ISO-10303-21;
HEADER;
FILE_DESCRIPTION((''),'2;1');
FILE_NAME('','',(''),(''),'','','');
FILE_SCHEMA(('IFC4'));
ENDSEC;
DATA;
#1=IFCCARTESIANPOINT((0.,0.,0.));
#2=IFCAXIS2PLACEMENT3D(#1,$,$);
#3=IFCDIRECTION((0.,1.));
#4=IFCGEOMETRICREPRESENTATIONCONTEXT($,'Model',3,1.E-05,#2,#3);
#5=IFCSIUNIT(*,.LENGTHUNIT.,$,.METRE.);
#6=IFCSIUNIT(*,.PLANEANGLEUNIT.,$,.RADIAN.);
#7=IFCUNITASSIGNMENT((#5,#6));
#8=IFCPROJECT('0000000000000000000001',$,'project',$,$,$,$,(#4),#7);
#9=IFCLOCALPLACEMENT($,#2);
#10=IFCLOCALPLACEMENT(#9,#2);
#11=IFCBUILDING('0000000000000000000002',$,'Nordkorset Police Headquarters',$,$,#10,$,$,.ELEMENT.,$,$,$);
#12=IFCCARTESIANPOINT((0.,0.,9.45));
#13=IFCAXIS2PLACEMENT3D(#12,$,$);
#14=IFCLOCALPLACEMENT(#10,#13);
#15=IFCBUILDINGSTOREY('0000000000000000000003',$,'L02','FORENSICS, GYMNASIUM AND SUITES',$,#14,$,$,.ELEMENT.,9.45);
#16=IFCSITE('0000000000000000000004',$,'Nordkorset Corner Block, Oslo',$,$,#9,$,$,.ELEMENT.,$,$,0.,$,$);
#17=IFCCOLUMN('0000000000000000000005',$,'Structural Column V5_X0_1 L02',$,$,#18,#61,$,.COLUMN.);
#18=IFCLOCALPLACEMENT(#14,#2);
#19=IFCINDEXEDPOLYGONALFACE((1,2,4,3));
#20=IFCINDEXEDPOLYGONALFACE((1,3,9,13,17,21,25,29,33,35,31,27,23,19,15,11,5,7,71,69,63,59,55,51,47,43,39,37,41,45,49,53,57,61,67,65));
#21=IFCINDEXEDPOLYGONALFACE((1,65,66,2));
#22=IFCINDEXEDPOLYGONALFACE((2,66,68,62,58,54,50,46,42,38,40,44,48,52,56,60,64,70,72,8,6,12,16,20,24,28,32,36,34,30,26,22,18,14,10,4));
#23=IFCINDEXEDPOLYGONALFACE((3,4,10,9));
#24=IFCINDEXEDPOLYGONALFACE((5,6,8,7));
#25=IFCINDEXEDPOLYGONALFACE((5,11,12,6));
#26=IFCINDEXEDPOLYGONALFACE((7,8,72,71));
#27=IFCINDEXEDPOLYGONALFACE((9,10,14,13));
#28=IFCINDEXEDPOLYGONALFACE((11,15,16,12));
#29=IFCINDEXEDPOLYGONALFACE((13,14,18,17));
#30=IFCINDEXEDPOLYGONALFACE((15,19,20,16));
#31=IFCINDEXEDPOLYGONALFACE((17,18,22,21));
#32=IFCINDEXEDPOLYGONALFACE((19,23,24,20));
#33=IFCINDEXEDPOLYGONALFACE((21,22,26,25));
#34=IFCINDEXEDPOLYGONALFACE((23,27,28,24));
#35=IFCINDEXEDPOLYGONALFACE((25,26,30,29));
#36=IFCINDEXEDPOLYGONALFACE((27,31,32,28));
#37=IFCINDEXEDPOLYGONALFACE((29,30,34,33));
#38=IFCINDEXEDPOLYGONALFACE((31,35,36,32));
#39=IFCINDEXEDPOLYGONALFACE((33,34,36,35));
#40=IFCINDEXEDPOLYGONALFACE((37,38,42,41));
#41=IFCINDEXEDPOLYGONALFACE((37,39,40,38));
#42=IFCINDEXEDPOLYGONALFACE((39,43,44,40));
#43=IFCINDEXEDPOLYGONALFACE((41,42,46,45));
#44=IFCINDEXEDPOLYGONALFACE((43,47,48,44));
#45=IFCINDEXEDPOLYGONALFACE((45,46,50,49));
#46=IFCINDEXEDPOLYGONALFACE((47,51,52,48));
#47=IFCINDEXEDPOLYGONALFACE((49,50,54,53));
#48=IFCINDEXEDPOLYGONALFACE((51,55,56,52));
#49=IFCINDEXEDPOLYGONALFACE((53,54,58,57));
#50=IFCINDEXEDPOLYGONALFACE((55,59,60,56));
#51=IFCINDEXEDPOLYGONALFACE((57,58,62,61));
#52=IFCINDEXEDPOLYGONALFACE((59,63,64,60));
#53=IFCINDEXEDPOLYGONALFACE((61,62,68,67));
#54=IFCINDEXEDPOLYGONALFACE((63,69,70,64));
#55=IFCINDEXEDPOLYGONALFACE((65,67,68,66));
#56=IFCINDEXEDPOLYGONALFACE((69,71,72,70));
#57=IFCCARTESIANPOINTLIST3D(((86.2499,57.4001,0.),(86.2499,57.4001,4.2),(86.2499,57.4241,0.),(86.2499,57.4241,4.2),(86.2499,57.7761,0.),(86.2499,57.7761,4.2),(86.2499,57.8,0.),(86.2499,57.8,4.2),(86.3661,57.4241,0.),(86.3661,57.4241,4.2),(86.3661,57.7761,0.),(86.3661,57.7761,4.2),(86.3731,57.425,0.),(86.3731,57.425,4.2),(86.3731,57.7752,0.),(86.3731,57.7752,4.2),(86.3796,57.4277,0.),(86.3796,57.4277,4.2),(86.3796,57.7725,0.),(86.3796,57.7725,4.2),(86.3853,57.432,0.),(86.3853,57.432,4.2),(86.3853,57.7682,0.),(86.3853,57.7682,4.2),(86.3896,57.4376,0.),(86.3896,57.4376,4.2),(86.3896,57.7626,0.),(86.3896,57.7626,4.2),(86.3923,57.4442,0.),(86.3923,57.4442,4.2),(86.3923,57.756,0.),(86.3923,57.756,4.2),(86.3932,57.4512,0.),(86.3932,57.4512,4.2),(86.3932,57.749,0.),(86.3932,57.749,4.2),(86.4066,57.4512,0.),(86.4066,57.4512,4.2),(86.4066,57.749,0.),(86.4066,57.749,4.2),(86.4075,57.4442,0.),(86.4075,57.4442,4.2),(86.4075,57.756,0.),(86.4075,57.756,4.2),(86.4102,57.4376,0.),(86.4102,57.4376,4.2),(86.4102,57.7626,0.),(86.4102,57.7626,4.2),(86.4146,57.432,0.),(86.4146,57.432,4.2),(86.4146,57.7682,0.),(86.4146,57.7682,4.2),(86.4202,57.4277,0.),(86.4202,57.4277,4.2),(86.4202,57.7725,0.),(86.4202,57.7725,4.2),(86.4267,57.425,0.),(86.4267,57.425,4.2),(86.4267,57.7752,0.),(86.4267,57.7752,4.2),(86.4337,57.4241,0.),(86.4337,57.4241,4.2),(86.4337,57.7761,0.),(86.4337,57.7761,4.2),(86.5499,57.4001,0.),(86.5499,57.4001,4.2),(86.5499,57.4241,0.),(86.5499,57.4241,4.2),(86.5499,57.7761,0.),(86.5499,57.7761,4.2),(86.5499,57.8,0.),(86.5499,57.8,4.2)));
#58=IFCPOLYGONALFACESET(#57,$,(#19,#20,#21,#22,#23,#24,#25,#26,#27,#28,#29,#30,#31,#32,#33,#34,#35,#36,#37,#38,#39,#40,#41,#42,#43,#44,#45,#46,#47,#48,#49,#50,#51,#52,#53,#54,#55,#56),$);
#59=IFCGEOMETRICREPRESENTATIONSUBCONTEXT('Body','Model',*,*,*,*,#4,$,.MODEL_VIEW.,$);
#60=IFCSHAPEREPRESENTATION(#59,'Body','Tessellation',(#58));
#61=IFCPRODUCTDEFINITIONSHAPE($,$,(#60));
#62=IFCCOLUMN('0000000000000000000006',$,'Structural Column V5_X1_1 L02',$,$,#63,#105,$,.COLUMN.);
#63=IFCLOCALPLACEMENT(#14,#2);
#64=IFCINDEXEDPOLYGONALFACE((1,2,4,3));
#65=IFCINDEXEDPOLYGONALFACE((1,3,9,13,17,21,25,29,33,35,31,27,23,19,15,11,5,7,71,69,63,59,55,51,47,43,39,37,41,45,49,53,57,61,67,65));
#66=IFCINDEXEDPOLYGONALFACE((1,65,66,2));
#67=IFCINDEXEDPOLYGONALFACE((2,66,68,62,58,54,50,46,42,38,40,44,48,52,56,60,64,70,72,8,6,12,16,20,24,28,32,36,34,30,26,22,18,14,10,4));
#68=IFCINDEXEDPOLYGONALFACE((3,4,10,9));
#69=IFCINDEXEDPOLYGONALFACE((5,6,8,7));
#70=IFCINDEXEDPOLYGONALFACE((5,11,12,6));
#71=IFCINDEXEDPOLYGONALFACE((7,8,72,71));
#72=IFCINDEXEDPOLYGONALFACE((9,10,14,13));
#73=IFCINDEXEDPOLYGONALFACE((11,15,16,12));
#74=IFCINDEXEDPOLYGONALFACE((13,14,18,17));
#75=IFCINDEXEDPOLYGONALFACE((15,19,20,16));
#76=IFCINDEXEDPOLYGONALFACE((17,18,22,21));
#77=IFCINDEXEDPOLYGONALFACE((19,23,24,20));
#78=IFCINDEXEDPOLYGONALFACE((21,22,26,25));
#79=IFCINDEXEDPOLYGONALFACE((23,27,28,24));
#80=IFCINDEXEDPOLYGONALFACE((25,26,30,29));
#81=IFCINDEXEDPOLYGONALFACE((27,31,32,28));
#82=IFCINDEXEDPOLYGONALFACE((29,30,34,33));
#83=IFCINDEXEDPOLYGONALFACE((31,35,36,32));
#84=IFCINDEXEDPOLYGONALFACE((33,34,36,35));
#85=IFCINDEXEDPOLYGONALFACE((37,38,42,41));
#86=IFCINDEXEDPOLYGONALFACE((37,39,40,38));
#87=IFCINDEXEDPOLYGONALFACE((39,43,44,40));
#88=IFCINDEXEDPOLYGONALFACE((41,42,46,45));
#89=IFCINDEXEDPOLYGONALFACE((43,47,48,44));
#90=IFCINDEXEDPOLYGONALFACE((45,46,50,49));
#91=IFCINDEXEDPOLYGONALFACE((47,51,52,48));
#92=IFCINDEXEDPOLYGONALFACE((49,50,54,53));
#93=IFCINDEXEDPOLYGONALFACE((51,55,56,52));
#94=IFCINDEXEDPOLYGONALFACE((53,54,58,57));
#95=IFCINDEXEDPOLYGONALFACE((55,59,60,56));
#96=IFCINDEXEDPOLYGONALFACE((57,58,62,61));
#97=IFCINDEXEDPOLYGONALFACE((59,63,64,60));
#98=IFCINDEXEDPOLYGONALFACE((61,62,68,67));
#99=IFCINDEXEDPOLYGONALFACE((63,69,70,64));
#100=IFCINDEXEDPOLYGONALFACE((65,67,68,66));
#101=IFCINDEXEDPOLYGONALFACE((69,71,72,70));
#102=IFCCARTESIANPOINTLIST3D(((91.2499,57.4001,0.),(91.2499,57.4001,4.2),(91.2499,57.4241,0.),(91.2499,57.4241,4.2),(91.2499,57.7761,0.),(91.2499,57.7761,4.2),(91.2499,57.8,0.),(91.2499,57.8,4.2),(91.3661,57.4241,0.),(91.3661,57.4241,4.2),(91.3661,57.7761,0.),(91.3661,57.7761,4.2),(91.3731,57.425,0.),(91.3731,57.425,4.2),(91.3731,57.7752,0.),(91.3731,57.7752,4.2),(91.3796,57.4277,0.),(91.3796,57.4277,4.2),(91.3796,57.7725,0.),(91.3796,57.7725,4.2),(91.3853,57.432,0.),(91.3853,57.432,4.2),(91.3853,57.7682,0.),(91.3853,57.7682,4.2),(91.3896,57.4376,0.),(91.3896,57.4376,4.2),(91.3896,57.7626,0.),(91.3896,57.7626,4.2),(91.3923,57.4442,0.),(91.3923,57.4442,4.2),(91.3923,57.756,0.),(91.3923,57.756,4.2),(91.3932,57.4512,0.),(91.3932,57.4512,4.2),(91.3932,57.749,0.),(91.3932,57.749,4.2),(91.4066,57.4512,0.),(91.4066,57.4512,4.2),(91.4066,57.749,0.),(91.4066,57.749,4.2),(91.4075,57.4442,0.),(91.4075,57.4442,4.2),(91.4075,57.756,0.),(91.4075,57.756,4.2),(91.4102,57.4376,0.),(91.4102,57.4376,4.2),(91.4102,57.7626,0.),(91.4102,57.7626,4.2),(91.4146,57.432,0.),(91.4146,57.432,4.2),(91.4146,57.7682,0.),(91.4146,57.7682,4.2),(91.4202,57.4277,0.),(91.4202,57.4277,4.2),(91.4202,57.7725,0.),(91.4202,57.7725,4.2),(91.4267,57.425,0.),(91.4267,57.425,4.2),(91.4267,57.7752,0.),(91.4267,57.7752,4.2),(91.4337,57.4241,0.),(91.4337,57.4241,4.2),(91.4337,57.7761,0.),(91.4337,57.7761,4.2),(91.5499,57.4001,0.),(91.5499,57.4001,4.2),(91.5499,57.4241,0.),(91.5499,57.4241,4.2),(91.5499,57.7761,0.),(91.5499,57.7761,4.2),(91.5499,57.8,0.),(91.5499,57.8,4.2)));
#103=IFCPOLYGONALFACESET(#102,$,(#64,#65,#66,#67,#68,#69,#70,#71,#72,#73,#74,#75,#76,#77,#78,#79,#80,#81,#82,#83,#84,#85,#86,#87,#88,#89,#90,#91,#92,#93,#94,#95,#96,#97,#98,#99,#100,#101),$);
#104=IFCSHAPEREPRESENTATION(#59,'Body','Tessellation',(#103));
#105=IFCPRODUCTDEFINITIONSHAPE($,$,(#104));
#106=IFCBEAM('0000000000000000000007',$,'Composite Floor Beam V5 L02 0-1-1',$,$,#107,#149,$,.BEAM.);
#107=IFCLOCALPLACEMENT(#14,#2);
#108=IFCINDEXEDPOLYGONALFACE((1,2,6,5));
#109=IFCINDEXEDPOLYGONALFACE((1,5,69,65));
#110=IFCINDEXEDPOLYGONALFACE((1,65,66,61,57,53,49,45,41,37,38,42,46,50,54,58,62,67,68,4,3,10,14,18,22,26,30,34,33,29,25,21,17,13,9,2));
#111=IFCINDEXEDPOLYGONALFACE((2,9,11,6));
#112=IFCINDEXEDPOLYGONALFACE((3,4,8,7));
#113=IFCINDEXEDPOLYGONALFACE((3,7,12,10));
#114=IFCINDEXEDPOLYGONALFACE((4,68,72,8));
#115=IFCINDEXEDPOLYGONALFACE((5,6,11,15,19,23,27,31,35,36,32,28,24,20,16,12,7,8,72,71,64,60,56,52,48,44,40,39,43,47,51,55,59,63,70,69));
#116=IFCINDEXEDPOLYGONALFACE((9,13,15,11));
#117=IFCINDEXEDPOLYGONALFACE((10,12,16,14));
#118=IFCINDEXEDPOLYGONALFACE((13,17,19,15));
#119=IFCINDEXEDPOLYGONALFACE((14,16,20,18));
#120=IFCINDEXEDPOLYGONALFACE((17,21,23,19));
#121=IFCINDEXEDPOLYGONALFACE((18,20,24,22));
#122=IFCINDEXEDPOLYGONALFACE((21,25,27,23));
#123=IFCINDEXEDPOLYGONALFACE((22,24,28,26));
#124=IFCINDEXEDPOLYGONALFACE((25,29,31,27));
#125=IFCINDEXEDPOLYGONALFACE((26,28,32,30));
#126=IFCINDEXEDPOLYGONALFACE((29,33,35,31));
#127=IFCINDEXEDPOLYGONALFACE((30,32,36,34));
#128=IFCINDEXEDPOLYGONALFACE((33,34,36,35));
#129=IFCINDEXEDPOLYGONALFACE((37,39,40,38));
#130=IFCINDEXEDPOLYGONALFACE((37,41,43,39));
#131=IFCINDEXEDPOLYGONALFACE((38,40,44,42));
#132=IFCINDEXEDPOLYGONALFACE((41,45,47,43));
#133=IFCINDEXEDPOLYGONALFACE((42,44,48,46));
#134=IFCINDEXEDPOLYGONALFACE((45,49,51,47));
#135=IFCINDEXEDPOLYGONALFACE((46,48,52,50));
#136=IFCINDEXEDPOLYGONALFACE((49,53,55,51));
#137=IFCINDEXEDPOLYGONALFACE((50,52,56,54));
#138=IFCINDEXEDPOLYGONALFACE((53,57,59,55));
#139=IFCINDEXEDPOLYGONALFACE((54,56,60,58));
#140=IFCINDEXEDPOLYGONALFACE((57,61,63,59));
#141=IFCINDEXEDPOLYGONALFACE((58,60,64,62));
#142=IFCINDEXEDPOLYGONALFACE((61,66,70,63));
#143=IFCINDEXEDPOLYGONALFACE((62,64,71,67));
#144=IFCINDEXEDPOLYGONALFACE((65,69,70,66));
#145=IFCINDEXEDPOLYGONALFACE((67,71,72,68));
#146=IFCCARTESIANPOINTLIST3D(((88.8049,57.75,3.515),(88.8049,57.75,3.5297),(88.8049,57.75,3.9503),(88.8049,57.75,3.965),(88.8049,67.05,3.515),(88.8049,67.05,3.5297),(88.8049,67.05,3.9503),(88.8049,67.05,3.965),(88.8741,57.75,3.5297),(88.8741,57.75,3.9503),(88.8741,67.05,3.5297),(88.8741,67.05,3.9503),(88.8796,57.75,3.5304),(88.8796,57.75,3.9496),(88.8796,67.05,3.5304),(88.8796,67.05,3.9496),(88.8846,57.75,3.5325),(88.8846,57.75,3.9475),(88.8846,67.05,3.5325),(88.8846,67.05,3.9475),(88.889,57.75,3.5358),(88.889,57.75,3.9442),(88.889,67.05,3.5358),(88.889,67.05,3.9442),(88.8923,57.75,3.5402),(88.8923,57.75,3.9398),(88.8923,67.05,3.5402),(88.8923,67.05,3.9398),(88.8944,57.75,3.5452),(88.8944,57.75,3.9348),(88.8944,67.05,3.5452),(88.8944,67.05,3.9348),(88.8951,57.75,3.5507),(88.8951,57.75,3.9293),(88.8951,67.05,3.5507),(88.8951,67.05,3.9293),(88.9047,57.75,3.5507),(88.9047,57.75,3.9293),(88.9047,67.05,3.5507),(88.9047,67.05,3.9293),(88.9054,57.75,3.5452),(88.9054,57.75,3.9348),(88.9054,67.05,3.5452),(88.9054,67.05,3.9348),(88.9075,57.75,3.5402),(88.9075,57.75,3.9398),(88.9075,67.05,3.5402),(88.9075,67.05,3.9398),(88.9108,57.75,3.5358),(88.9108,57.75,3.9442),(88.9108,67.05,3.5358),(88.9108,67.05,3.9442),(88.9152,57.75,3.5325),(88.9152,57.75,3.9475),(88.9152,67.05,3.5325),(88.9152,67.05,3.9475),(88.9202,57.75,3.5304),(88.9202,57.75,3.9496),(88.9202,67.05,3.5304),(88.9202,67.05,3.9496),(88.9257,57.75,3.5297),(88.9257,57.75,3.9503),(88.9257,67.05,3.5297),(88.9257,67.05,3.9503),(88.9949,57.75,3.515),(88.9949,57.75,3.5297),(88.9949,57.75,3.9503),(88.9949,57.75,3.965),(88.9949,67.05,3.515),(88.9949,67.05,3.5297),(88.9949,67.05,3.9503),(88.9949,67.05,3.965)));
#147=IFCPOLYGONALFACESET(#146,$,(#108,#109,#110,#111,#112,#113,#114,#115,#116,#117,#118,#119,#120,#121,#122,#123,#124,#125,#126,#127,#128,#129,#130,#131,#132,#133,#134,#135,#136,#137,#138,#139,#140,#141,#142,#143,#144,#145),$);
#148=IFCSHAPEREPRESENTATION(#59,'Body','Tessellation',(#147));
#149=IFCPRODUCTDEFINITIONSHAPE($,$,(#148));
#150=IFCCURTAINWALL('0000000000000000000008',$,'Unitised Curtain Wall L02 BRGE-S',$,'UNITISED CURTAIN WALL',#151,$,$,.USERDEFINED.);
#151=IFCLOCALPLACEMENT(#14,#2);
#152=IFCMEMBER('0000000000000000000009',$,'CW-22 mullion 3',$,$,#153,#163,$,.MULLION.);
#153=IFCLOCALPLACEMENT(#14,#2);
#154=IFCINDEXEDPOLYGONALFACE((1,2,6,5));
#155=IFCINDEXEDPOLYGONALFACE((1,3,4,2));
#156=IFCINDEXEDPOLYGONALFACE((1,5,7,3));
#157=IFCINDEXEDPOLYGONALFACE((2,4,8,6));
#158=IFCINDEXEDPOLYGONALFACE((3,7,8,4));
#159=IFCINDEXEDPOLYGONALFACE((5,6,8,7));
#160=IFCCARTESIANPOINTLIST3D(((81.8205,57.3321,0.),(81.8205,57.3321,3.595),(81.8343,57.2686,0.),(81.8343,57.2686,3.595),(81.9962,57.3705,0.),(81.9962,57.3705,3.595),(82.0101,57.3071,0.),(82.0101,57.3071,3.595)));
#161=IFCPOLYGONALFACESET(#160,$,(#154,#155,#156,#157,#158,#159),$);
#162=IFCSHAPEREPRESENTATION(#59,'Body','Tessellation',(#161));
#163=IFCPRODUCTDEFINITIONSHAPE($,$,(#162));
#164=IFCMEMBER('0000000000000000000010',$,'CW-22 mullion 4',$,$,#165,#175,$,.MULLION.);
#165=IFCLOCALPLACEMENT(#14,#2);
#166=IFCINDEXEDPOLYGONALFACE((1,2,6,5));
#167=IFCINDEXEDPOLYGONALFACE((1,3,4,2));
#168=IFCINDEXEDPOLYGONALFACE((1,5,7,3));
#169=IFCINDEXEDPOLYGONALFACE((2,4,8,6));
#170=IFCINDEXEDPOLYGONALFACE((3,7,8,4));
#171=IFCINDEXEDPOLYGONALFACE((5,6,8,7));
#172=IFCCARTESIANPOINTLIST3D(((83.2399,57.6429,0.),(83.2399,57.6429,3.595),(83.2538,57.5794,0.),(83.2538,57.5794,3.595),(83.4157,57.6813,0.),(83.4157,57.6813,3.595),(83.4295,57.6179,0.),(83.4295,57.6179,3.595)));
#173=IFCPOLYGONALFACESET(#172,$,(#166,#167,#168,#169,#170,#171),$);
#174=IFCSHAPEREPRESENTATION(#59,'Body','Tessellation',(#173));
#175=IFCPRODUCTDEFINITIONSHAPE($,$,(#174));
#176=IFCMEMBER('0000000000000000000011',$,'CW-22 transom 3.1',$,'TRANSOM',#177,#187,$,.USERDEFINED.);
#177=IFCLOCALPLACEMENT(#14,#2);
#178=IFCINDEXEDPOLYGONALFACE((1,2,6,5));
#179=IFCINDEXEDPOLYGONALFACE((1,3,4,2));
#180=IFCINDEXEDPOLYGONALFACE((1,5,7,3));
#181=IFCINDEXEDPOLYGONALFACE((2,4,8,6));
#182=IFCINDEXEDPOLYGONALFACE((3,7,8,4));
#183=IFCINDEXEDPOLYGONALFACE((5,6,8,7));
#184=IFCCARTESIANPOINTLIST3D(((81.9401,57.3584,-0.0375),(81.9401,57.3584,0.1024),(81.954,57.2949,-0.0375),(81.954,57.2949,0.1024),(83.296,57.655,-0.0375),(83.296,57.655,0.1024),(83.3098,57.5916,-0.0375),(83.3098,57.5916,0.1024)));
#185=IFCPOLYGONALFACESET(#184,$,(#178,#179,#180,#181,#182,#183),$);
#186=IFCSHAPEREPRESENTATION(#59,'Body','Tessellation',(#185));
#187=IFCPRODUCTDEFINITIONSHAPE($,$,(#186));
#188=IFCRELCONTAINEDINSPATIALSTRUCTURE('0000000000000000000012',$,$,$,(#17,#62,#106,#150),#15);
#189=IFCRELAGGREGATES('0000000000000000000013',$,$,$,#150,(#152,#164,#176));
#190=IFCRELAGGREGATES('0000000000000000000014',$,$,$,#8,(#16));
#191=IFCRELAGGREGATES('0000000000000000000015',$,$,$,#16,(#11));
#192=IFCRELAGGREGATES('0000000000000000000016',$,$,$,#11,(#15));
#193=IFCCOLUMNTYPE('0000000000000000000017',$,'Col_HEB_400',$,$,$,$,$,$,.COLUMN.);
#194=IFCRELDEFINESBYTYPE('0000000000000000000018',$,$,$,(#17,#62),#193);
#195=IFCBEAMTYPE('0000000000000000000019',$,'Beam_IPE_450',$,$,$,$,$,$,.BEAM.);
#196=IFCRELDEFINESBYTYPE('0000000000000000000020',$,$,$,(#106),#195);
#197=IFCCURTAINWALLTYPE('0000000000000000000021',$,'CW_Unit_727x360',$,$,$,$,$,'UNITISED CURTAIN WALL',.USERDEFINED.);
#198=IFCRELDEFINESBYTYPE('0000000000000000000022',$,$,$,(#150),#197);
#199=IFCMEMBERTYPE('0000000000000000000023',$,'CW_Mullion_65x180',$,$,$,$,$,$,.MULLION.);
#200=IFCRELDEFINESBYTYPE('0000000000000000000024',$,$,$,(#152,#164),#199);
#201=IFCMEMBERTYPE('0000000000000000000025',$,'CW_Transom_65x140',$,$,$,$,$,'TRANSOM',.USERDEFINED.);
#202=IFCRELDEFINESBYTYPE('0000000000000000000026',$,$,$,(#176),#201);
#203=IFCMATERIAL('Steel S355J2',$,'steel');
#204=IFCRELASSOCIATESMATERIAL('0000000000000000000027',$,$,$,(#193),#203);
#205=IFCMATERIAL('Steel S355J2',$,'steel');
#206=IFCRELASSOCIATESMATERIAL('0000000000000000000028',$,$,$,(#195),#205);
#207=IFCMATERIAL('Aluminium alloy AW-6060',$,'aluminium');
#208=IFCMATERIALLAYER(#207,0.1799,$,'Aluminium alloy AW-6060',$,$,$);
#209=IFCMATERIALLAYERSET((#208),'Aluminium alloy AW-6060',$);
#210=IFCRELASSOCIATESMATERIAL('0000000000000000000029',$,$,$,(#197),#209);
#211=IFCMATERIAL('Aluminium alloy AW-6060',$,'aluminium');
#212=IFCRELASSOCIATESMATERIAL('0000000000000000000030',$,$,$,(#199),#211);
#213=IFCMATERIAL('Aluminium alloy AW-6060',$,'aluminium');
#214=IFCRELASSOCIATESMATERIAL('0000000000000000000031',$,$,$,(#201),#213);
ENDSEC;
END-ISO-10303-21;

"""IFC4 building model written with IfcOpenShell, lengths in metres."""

from ifc_helpers import new_model, si_unit, direction, frame, origin, origin_2d, place, context, subcontext, project, spatial, rectangle, i_section, extrude, material, layer, layer_set, material_profile, profile_set, type_object, element, aggregate, save


model = new_model("IFC4")

# Units and contexts
model_context = context("Model", 3, precision=1e-05, world=origin(), true_north=direction((0.0, 1.0)))
body_context = subcontext(model_context, "Body", "Model", "MODEL_VIEW")
ifc_project = project(units=[si_unit("LENGTHUNIT", "METRE"), si_unit("PLANEANGLEUNIT", "RADIAN")], contexts=[model_context])

# Site, building, storey
site_placement = place(None, origin())
site = spatial("IfcSite", under=ifc_project, at=site_placement, Name="Nordkorset Corner Block, Oslo", CompositionType="ELEMENT", RefElevation=0.0)
building_placement = place(site_placement, origin())
building = spatial("IfcBuilding", under=site, at=building_placement, Name="Nordkorset Police Headquarters", CompositionType="ELEMENT")
storey_placement = place(building_placement, frame((0.0, 0.0, 9.45)))
storey = spatial("IfcBuildingStorey", under=building, at=storey_placement, Name="L02", Description="FORENSICS, GYMNASIUM AND SUITES", CompositionType="ELEMENT", Elevation=9.45)

# Columns
ifc_material_1 = material(Name="Steel S355J2", Category="steel")
ifc_material_profile_1 = material_profile(ifc_material_1, i_section(OverallWidth=0.3, OverallDepth=0.3999, WebThickness=0.0134, FlangeThickness=0.0239, FilletRadius=0.0271, at=origin_2d()), Name="HEB 400")
ifc_profile_set_1 = profile_set([ifc_material_profile_1], Name="Steel S355J2")
column_type = type_object("IfcColumnType", Name="Col_HEB_400", PredefinedType="COLUMN", material=ifc_profile_set_1)
for number, where, z_axis, x_axis, name in (
    (1, (86.3999, 57.6001, 0.0), (0.0, 0.0, 1.0), (1.0, 0.0, 0.0), "Structural Column V5_X0_1 L02"),
    (2, (91.3999, 57.6001, 0.0), (0.0, 0.0, 1.0), (1.0, 0.0, 0.0), "Structural Column V5_X1_1 L02"),
):
    element("IfcColumn", number, at=place(storey_placement, frame(where, z_axis=z_axis, x_axis=x_axis)), inside=storey, type_object=column_type, Name=name, PredefinedType="COLUMN", context=body_context, shape_type="SweptSolid", body=[
        extrude(i_section(OverallWidth=0.3, OverallDepth=0.3999, WebThickness=0.0134, FlangeThickness=0.0239, FilletRadius=0.0271, at=origin_2d()), origin(), (0.0, 0.0, 1.0), 4.2),
    ])

# Beam
ifc_material_2 = material(Name="Steel S355J2", Category="steel")
ifc_material_profile_2 = material_profile(ifc_material_2, i_section(OverallWidth=0.1899, OverallDepth=0.45, WebThickness=0.0095, FlangeThickness=0.0146, FilletRadius=0.021, at=origin_2d()), Name="IPE 450")
ifc_profile_set_2 = profile_set([ifc_material_profile_2], Name="Steel S355J2")
beam_type_1 = type_object("IfcBeamType", Name="Beam_IPE_450", PredefinedType="BEAM", material=ifc_profile_set_2)
beam_1_placement = place(storey_placement, frame((88.8999, 57.75, 3.74), z_axis=(0.0, 1.0, 0.0), x_axis=(-1.0, 0.0, 0.0)))
element("IfcBeam", 3, at=beam_1_placement, inside=storey, type_object=beam_type_1, Name="Composite Floor Beam V5 L02 0-1-1", PredefinedType="BEAM", context=body_context, shape_type="SweptSolid", body=[
    extrude(i_section(OverallWidth=0.1899, OverallDepth=0.45, WebThickness=0.0095, FlangeThickness=0.0146, FilletRadius=0.021, at=origin_2d()), origin(), (0.0, 0.0, 1.0), 9.3),
])

# Curtain wall, members
ifc_material_3 = material(Name="Aluminium alloy AW-6060", Category="aluminium")
ifc_layer_1 = layer(ifc_material_3, 0.1799, Name="Aluminium alloy AW-6060")
ifc_layer_set_1 = layer_set([ifc_layer_1], Name="Aluminium alloy AW-6060")
curtain_wall_type = type_object("IfcCurtainWallType", Name="CW_Unit_727x360", ElementType="UNITISED CURTAIN WALL", PredefinedType="USERDEFINED", material=ifc_layer_set_1)
curtain_wall_placement = place(storey_placement, origin())
curtain_wall = element("IfcCurtainWall", 4, at=curtain_wall_placement, inside=storey, type_object=curtain_wall_type, Name="Unitised Curtain Wall L02 BRGE-S", ObjectType="UNITISED CURTAIN WALL", PredefinedType="USERDEFINED")
ifc_material_4 = material(Name="Aluminium alloy AW-6060", Category="aluminium")
ifc_material_profile_3 = material_profile(ifc_material_4, rectangle(XDim=0.0649, YDim=0.1799, at=origin_2d()), Name="ALU MULL 65x180")
ifc_profile_set_3 = profile_set([ifc_material_profile_3], Name="Aluminium alloy AW-6060")
member_type_1 = type_object("IfcMemberType", Name="CW_Mullion_65x180", PredefinedType="MULLION", material=ifc_profile_set_3)
member_1_placement = place(storey_placement, frame((81.9153, 57.3196, 0.0), z_axis=(0.0, 0.0, 1.0), x_axis=(-0.213737, 0.976891, 0.0)))
member_1 = element("IfcMember", 5, at=member_1_placement, type_object=member_type_1, Name="CW-22 mullion 3", PredefinedType="MULLION", context=body_context, shape_type="SweptSolid", body=[
    extrude(rectangle(XDim=0.0649, YDim=0.1799, at=origin_2d()), origin(), (0.0, 0.0, 1.0), 3.595),
])
member_2_placement = place(storey_placement, frame((83.3347, 57.6304, 0.0), z_axis=(0.0, 0.0, 1.0), x_axis=(-0.213737, 0.976891, 0.0)))
member_2 = element("IfcMember", 6, at=member_2_placement, type_object=member_type_1, Name="CW-22 mullion 4", PredefinedType="MULLION", context=body_context, shape_type="SweptSolid", body=[
    extrude(rectangle(XDim=0.0649, YDim=0.1799, at=origin_2d()), origin(), (0.0, 0.0, 1.0), 3.595),
])
ifc_material_5 = material(Name="Aluminium alloy AW-6060", Category="aluminium")
ifc_material_profile_4 = material_profile(ifc_material_5, rectangle(XDim=0.0649, YDim=0.1399, at=origin_2d()), Name="ALU TRAN 65x140")
ifc_profile_set_4 = profile_set([ifc_material_profile_4], Name="Aluminium alloy AW-6060")
member_type_2 = type_object("IfcMemberType", Name="CW_Transom_65x140", ElementType="TRANSOM", PredefinedType="USERDEFINED", material=ifc_profile_set_4)
member_3_placement = place(storey_placement, frame((81.947, 57.3267, 0.0325), z_axis=(0.976898, 0.213707, 0.0), x_axis=(-0.213707, 0.976898, 0.0)))
member_3 = element("IfcMember", 7, at=member_3_placement, type_object=member_type_2, Name="CW-22 transom 3.1", ObjectType="TRANSOM", PredefinedType="USERDEFINED", context=body_context, shape_type="SweptSolid", body=[
    extrude(rectangle(XDim=0.0649, YDim=0.1399, at=origin_2d()), origin(), (0.0, 0.0, 1.0), 1.3879),
])

aggregate(curtain_wall, [member_1, member_2, member_3])

save(model, "model.ifc")
